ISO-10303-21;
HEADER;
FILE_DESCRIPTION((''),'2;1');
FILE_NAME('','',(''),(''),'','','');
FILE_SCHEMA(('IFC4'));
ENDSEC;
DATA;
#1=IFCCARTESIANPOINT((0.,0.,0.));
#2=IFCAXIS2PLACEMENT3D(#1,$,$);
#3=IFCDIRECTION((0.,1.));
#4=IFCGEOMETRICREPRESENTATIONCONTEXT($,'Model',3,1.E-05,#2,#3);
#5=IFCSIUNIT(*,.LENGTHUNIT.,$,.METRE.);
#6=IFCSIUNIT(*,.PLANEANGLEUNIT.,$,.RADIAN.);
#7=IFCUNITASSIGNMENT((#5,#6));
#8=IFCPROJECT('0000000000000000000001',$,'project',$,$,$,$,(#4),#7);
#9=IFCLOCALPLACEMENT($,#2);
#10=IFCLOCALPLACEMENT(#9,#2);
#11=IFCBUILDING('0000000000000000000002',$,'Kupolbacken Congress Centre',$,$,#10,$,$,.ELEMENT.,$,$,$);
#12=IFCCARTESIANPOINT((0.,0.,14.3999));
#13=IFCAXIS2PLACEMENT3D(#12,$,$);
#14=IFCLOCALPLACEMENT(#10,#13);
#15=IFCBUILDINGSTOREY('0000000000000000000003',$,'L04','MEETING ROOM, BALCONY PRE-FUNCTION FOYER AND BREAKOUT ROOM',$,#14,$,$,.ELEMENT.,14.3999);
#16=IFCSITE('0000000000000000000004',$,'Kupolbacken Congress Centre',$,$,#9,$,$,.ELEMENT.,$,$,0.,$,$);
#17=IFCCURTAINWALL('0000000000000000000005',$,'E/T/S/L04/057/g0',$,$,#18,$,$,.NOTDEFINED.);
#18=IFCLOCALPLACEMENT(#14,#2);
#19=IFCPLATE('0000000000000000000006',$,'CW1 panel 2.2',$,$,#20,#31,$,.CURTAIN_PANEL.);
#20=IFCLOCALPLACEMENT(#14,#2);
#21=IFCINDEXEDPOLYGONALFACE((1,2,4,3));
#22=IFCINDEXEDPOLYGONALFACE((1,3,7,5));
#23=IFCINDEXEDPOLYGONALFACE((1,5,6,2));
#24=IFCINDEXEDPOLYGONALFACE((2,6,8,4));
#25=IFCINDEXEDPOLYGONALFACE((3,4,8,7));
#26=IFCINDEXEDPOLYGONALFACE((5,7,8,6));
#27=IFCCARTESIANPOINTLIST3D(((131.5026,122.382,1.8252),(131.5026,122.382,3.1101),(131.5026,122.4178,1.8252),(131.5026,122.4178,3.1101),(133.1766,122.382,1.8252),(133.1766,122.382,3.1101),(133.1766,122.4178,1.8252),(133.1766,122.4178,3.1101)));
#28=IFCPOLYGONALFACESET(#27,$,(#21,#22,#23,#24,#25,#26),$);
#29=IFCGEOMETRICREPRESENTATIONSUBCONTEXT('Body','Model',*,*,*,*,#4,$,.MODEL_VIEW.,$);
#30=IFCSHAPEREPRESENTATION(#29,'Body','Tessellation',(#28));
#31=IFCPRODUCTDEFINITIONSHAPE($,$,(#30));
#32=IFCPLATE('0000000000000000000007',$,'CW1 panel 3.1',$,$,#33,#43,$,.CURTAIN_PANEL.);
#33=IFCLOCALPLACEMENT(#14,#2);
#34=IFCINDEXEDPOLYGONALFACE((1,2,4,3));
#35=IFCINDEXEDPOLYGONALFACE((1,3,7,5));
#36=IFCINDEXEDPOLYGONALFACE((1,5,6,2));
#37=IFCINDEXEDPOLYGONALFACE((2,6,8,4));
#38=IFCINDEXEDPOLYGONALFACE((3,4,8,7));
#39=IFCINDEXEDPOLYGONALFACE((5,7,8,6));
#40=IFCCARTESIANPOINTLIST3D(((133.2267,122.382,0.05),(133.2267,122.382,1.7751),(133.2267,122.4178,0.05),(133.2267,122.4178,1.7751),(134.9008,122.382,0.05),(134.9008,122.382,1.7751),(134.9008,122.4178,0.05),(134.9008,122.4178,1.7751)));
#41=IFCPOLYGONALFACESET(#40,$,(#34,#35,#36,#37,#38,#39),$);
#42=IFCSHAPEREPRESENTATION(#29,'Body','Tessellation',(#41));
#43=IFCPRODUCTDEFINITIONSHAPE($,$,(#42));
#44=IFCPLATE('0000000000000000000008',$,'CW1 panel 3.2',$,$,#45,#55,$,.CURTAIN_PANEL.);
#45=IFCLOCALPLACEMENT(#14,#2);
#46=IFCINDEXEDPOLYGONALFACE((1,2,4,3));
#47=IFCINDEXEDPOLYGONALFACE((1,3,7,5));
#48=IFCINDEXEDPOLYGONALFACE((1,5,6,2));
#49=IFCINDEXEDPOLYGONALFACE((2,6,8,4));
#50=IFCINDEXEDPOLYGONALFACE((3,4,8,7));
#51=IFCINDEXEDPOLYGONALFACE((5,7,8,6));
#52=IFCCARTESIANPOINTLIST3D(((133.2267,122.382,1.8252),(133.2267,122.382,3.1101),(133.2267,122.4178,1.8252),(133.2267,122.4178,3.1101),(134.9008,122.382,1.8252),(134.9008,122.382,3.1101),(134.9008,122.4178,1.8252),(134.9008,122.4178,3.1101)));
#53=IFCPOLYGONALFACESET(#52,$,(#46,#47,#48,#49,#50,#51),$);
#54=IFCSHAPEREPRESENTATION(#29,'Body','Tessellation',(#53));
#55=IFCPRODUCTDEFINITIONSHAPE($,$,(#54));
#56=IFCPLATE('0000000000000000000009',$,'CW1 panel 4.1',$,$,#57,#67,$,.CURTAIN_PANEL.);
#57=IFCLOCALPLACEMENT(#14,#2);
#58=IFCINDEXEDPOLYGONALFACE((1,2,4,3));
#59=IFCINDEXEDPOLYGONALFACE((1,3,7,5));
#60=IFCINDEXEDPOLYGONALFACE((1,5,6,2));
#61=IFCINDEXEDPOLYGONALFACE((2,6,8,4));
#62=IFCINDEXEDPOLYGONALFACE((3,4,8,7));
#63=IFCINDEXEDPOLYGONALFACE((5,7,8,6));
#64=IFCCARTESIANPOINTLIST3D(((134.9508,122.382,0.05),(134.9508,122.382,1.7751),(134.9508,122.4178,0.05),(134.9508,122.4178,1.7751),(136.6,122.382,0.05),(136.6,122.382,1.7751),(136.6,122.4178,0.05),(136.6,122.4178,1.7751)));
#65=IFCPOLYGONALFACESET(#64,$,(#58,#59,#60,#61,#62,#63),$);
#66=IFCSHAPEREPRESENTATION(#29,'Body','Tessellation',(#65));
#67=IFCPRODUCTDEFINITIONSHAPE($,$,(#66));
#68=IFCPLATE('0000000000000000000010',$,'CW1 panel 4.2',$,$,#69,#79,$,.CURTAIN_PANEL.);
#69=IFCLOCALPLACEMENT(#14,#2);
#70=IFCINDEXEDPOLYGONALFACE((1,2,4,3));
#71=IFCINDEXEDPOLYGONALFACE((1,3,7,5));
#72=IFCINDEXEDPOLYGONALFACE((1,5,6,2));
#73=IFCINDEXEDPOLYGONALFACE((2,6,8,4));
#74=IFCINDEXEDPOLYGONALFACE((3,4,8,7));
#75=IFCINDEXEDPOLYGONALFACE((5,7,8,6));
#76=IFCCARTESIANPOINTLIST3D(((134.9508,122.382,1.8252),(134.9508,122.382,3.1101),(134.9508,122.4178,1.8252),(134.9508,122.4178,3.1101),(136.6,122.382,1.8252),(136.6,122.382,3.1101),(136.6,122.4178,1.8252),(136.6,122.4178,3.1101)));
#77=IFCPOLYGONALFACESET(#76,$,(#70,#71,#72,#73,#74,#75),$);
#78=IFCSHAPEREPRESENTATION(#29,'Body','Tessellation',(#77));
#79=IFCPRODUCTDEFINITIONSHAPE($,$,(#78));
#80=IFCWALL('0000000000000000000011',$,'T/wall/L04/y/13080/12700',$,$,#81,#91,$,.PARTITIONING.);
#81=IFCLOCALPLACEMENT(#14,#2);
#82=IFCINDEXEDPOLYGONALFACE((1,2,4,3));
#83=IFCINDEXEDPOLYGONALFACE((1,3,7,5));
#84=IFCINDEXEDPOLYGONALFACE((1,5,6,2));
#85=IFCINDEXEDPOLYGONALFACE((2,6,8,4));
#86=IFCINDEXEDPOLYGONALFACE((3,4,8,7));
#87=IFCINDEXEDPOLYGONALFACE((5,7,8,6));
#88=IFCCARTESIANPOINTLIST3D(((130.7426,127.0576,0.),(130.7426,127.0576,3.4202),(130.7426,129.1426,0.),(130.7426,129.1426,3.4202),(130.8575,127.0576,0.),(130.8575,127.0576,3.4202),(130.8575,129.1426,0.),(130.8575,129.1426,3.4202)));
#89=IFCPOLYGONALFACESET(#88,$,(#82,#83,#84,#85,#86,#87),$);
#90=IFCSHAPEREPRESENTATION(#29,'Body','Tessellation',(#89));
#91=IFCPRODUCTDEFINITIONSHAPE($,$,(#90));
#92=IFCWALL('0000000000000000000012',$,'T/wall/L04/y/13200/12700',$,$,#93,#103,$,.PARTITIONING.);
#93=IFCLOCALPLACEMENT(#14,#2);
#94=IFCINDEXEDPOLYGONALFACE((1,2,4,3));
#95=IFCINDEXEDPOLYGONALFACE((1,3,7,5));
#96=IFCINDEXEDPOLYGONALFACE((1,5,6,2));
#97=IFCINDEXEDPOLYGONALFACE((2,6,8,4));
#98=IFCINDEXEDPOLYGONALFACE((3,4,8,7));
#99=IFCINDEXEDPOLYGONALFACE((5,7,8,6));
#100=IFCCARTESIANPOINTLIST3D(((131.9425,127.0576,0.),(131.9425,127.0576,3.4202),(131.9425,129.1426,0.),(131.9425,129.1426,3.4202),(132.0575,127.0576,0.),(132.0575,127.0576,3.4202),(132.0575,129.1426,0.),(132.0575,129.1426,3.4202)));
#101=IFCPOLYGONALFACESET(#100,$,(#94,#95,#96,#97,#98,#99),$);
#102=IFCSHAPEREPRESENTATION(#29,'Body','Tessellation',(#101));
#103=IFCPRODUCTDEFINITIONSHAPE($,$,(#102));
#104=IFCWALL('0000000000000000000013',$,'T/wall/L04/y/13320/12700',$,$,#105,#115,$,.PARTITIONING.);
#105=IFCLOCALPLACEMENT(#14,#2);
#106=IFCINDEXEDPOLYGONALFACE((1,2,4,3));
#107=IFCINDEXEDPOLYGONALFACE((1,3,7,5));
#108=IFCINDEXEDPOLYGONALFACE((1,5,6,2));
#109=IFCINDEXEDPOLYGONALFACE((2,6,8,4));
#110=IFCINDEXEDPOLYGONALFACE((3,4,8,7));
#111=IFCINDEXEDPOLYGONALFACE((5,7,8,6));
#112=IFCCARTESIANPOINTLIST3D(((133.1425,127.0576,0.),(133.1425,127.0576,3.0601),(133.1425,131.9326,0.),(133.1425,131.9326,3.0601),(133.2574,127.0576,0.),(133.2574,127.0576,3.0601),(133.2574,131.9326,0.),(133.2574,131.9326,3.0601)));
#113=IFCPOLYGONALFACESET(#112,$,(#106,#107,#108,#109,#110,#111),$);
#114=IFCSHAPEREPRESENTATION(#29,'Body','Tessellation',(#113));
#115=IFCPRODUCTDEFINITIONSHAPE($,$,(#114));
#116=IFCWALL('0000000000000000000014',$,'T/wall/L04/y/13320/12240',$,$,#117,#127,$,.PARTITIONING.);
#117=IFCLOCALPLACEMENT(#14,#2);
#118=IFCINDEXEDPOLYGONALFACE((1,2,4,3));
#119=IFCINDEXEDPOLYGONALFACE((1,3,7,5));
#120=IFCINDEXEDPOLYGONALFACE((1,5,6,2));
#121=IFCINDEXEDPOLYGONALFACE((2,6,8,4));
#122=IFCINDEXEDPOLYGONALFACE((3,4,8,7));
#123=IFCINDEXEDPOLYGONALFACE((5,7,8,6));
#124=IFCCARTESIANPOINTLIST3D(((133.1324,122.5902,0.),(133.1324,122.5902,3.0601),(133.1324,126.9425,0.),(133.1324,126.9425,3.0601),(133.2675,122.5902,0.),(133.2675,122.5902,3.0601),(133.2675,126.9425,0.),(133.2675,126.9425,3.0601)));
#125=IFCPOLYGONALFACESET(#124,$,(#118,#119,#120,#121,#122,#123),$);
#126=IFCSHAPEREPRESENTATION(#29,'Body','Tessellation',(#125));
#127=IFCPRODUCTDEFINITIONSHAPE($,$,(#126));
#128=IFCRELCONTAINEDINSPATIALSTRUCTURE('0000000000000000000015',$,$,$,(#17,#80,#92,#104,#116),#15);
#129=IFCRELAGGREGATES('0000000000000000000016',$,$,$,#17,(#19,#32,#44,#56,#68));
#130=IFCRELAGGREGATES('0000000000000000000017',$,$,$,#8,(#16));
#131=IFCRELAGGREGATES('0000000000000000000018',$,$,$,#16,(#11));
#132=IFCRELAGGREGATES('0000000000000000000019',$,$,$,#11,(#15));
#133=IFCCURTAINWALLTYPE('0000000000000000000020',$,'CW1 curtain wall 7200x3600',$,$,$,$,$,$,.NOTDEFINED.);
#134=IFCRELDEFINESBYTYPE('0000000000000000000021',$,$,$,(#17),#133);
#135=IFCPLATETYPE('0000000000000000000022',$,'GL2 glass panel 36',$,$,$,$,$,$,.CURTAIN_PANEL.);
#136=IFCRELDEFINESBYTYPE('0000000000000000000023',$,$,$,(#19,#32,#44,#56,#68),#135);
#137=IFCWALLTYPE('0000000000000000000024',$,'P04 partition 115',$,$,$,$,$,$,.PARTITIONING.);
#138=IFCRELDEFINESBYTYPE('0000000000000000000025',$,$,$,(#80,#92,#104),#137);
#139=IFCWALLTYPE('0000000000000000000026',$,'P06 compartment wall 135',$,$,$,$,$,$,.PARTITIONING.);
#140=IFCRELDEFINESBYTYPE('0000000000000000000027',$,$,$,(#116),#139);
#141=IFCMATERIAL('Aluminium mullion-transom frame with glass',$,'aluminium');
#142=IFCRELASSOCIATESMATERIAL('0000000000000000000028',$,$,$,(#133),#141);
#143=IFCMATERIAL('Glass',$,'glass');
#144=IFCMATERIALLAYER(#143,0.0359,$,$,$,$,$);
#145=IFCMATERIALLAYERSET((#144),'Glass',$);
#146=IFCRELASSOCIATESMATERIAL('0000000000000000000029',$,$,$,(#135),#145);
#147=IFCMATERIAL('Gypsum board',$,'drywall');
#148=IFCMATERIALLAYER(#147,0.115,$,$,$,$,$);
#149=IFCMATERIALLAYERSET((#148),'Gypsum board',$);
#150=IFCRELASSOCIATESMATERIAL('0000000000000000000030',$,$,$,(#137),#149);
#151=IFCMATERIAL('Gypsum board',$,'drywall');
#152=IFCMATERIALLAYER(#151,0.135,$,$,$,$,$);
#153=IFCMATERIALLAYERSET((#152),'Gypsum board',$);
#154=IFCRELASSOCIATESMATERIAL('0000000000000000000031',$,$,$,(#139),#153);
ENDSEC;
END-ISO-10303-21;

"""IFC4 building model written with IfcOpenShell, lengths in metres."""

from ifc_helpers import new_model, si_unit, direction, frame, frame_2d, origin, origin_2d, place, context, subcontext, project, spatial, rectangle, extrude, material, layer, layer_set, type_object, element, aggregate, save


model = new_model("IFC4")

# Units and contexts
model_context = context("Model", 3, precision=1e-05, world=origin(), true_north=direction((0.0, 1.0)))
body_context = subcontext(model_context, "Body", "Model", "MODEL_VIEW")
ifc_project = project(units=[si_unit("LENGTHUNIT", "METRE"), si_unit("PLANEANGLEUNIT", "RADIAN")], contexts=[model_context])

# Site, building, storey
site_placement = place(None, origin())
site = spatial("IfcSite", under=ifc_project, at=site_placement, Name="Kupolbacken Congress Centre", CompositionType="ELEMENT", RefElevation=0.0)
building_placement = place(site_placement, origin())
building = spatial("IfcBuilding", under=site, at=building_placement, Name="Kupolbacken Congress Centre", CompositionType="ELEMENT")
storey_placement = place(building_placement, frame((0.0, 0.0, 14.3999)))
storey = spatial("IfcBuildingStorey", under=building, at=storey_placement, Name="L04", Description="MEETING ROOM, BALCONY PRE-FUNCTION FOYER AND BREAKOUT ROOM", CompositionType="ELEMENT", Elevation=14.3999)

# Curtain wall, plates
ifc_material_1 = material(Name="Aluminium mullion-transom frame with glass", Category="aluminium")
curtain_wall_type = type_object("IfcCurtainWallType", Name="CW1 curtain wall 7200x3600", PredefinedType="NOTDEFINED", material=ifc_material_1)
curtain_wall_placement = place(storey_placement, origin())
curtain_wall = element("IfcCurtainWall", 1, at=curtain_wall_placement, inside=storey, type_object=curtain_wall_type, Name="E/T/S/L04/057/g0", PredefinedType="NOTDEFINED")
ifc_material_2 = material(Name="Glass", Category="glass")
ifc_layer_1 = layer(ifc_material_2, 0.0359)
ifc_layer_set_1 = layer_set([ifc_layer_1], Name="Glass")
plate_type = type_object("IfcPlateType", Name="GL2 glass panel 36", PredefinedType="CURTAIN_PANEL", material=ifc_layer_set_1)
plate_1_placement = place(storey_placement, frame((132.3396, 122.3999, 1.8252), z_axis=(0.0, 0.0, 1.0), x_axis=(1.0, 0.0, 0.0)))
plate_1 = element("IfcPlate", 2, at=plate_1_placement, type_object=plate_type, Name="CW1 panel 2.2", PredefinedType="CURTAIN_PANEL", context=body_context, shape_type="SweptSolid", body=[
    extrude(rectangle(XDim=1.6741, YDim=0.0359, at=origin_2d()), origin(), (0.0, 0.0, 1.0), 1.2849),
])
plate_2_placement = place(storey_placement, frame((134.0637, 122.3999, 0.05), z_axis=(0.0, 0.0, 1.0), x_axis=(1.0, 0.0, 0.0)))
plate_2 = element("IfcPlate", 3, at=plate_2_placement, type_object=plate_type, Name="CW1 panel 3.1", PredefinedType="CURTAIN_PANEL", context=body_context, shape_type="SweptSolid", body=[
    extrude(rectangle(XDim=1.6741, YDim=0.0359, at=origin_2d()), origin(), (0.0, 0.0, 1.0), 1.7251),
])
plate_3_placement = place(storey_placement, frame((134.0637, 122.3999, 1.8252), z_axis=(0.0, 0.0, 1.0), x_axis=(1.0, 0.0, 0.0)))
plate_3 = element("IfcPlate", 4, at=plate_3_placement, type_object=plate_type, Name="CW1 panel 3.2", PredefinedType="CURTAIN_PANEL", context=body_context, shape_type="SweptSolid", body=[
    extrude(rectangle(XDim=1.6741, YDim=0.0359, at=origin_2d()), origin(), (0.0, 0.0, 1.0), 1.2849),
])
plate_4_placement = place(storey_placement, frame((135.7754, 122.3999, 0.05), z_axis=(0.0, 0.0, 1.0), x_axis=(1.0, 0.0, 0.0)))
plate_4 = element("IfcPlate", 5, at=plate_4_placement, type_object=plate_type, Name="CW1 panel 4.1", PredefinedType="CURTAIN_PANEL", context=body_context, shape_type="SweptSolid", body=[
    extrude(rectangle(XDim=1.6492, YDim=0.0359, at=origin_2d()), origin(), (0.0, 0.0, 1.0), 1.7251),
])
plate_5_placement = place(storey_placement, frame((135.7754, 122.3999, 1.8252), z_axis=(0.0, 0.0, 1.0), x_axis=(1.0, 0.0, 0.0)))
plate_5 = element("IfcPlate", 6, at=plate_5_placement, type_object=plate_type, Name="CW1 panel 4.2", PredefinedType="CURTAIN_PANEL", context=body_context, shape_type="SweptSolid", body=[
    extrude(rectangle(XDim=1.6492, YDim=0.0359, at=origin_2d()), origin(), (0.0, 0.0, 1.0), 1.2849),
])
aggregate(curtain_wall, [plate_1, plate_2, plate_3, plate_4, plate_5])

# Walls
ifc_material_3 = material(Name="Gypsum board", Category="drywall")
ifc_layer_2 = layer(ifc_material_3, 0.115)
ifc_layer_set_2 = layer_set([ifc_layer_2], Name="Gypsum board")
wall_type_1 = type_object("IfcWallType", Name="P04 partition 115", PredefinedType="PARTITIONING", material=ifc_layer_set_2)
for number, where, z_axis, x_axis, name in (
    (7, (130.8, 127.0576, 0.0), (0.0, 0.0, 1.0), (0.0, 1.0, 0.0), "T/wall/L04/y/13080/12700"),
    (8, (132.0, 127.0576, 0.0), (0.0, 0.0, 1.0), (0.0, 1.0, 0.0), "T/wall/L04/y/13200/12700"),
):
    element("IfcWall", number, at=place(storey_placement, frame(where, z_axis=z_axis, x_axis=x_axis)), inside=storey, type_object=wall_type_1, Name=name, PredefinedType="PARTITIONING", context=body_context, shape_type="SweptSolid", body=[
        extrude(rectangle(XDim=2.085, YDim=0.115, at=frame_2d((1.0425, 0.0))), origin(), (0.0, 0.0, 1.0), 3.4202),
    ])
wall_1_placement = place(storey_placement, frame((133.2, 127.0576, 0.0), z_axis=(0.0, 0.0, 1.0), x_axis=(0.0, 1.0, 0.0)))
element("IfcWall", 9, at=wall_1_placement, inside=storey, type_object=wall_type_1, Name="T/wall/L04/y/13320/12700", PredefinedType="PARTITIONING", context=body_context, shape_type="SweptSolid", body=[
    extrude(rectangle(XDim=4.875, YDim=0.115, at=frame_2d((2.4375, 0.0))), origin(), (0.0, 0.0, 1.0), 3.0601),
])
ifc_material_4 = material(Name="Gypsum board", Category="drywall")
ifc_layer_3 = layer(ifc_material_4, 0.135)
ifc_layer_set_3 = layer_set([ifc_layer_3], Name="Gypsum board")
wall_type_2 = type_object("IfcWallType", Name="P06 compartment wall 135", PredefinedType="PARTITIONING", material=ifc_layer_set_3)
wall_2_placement = place(storey_placement, frame((133.2, 122.5901, 0.0), z_axis=(0.0, 0.0, 1.0), x_axis=(0.0, 1.0, 0.0)))
element("IfcWall", 10, at=wall_2_placement, inside=storey, type_object=wall_type_2, Name="T/wall/L04/y/13320/12240", PredefinedType="PARTITIONING", context=body_context, shape_type="SweptSolid", body=[
    extrude(rectangle(XDim=4.3523, YDim=0.135, at=frame_2d((2.1763, 0.0))), origin(), (0.0, 0.0, 1.0), 3.0601),
])

save(model, "model.ifc")
